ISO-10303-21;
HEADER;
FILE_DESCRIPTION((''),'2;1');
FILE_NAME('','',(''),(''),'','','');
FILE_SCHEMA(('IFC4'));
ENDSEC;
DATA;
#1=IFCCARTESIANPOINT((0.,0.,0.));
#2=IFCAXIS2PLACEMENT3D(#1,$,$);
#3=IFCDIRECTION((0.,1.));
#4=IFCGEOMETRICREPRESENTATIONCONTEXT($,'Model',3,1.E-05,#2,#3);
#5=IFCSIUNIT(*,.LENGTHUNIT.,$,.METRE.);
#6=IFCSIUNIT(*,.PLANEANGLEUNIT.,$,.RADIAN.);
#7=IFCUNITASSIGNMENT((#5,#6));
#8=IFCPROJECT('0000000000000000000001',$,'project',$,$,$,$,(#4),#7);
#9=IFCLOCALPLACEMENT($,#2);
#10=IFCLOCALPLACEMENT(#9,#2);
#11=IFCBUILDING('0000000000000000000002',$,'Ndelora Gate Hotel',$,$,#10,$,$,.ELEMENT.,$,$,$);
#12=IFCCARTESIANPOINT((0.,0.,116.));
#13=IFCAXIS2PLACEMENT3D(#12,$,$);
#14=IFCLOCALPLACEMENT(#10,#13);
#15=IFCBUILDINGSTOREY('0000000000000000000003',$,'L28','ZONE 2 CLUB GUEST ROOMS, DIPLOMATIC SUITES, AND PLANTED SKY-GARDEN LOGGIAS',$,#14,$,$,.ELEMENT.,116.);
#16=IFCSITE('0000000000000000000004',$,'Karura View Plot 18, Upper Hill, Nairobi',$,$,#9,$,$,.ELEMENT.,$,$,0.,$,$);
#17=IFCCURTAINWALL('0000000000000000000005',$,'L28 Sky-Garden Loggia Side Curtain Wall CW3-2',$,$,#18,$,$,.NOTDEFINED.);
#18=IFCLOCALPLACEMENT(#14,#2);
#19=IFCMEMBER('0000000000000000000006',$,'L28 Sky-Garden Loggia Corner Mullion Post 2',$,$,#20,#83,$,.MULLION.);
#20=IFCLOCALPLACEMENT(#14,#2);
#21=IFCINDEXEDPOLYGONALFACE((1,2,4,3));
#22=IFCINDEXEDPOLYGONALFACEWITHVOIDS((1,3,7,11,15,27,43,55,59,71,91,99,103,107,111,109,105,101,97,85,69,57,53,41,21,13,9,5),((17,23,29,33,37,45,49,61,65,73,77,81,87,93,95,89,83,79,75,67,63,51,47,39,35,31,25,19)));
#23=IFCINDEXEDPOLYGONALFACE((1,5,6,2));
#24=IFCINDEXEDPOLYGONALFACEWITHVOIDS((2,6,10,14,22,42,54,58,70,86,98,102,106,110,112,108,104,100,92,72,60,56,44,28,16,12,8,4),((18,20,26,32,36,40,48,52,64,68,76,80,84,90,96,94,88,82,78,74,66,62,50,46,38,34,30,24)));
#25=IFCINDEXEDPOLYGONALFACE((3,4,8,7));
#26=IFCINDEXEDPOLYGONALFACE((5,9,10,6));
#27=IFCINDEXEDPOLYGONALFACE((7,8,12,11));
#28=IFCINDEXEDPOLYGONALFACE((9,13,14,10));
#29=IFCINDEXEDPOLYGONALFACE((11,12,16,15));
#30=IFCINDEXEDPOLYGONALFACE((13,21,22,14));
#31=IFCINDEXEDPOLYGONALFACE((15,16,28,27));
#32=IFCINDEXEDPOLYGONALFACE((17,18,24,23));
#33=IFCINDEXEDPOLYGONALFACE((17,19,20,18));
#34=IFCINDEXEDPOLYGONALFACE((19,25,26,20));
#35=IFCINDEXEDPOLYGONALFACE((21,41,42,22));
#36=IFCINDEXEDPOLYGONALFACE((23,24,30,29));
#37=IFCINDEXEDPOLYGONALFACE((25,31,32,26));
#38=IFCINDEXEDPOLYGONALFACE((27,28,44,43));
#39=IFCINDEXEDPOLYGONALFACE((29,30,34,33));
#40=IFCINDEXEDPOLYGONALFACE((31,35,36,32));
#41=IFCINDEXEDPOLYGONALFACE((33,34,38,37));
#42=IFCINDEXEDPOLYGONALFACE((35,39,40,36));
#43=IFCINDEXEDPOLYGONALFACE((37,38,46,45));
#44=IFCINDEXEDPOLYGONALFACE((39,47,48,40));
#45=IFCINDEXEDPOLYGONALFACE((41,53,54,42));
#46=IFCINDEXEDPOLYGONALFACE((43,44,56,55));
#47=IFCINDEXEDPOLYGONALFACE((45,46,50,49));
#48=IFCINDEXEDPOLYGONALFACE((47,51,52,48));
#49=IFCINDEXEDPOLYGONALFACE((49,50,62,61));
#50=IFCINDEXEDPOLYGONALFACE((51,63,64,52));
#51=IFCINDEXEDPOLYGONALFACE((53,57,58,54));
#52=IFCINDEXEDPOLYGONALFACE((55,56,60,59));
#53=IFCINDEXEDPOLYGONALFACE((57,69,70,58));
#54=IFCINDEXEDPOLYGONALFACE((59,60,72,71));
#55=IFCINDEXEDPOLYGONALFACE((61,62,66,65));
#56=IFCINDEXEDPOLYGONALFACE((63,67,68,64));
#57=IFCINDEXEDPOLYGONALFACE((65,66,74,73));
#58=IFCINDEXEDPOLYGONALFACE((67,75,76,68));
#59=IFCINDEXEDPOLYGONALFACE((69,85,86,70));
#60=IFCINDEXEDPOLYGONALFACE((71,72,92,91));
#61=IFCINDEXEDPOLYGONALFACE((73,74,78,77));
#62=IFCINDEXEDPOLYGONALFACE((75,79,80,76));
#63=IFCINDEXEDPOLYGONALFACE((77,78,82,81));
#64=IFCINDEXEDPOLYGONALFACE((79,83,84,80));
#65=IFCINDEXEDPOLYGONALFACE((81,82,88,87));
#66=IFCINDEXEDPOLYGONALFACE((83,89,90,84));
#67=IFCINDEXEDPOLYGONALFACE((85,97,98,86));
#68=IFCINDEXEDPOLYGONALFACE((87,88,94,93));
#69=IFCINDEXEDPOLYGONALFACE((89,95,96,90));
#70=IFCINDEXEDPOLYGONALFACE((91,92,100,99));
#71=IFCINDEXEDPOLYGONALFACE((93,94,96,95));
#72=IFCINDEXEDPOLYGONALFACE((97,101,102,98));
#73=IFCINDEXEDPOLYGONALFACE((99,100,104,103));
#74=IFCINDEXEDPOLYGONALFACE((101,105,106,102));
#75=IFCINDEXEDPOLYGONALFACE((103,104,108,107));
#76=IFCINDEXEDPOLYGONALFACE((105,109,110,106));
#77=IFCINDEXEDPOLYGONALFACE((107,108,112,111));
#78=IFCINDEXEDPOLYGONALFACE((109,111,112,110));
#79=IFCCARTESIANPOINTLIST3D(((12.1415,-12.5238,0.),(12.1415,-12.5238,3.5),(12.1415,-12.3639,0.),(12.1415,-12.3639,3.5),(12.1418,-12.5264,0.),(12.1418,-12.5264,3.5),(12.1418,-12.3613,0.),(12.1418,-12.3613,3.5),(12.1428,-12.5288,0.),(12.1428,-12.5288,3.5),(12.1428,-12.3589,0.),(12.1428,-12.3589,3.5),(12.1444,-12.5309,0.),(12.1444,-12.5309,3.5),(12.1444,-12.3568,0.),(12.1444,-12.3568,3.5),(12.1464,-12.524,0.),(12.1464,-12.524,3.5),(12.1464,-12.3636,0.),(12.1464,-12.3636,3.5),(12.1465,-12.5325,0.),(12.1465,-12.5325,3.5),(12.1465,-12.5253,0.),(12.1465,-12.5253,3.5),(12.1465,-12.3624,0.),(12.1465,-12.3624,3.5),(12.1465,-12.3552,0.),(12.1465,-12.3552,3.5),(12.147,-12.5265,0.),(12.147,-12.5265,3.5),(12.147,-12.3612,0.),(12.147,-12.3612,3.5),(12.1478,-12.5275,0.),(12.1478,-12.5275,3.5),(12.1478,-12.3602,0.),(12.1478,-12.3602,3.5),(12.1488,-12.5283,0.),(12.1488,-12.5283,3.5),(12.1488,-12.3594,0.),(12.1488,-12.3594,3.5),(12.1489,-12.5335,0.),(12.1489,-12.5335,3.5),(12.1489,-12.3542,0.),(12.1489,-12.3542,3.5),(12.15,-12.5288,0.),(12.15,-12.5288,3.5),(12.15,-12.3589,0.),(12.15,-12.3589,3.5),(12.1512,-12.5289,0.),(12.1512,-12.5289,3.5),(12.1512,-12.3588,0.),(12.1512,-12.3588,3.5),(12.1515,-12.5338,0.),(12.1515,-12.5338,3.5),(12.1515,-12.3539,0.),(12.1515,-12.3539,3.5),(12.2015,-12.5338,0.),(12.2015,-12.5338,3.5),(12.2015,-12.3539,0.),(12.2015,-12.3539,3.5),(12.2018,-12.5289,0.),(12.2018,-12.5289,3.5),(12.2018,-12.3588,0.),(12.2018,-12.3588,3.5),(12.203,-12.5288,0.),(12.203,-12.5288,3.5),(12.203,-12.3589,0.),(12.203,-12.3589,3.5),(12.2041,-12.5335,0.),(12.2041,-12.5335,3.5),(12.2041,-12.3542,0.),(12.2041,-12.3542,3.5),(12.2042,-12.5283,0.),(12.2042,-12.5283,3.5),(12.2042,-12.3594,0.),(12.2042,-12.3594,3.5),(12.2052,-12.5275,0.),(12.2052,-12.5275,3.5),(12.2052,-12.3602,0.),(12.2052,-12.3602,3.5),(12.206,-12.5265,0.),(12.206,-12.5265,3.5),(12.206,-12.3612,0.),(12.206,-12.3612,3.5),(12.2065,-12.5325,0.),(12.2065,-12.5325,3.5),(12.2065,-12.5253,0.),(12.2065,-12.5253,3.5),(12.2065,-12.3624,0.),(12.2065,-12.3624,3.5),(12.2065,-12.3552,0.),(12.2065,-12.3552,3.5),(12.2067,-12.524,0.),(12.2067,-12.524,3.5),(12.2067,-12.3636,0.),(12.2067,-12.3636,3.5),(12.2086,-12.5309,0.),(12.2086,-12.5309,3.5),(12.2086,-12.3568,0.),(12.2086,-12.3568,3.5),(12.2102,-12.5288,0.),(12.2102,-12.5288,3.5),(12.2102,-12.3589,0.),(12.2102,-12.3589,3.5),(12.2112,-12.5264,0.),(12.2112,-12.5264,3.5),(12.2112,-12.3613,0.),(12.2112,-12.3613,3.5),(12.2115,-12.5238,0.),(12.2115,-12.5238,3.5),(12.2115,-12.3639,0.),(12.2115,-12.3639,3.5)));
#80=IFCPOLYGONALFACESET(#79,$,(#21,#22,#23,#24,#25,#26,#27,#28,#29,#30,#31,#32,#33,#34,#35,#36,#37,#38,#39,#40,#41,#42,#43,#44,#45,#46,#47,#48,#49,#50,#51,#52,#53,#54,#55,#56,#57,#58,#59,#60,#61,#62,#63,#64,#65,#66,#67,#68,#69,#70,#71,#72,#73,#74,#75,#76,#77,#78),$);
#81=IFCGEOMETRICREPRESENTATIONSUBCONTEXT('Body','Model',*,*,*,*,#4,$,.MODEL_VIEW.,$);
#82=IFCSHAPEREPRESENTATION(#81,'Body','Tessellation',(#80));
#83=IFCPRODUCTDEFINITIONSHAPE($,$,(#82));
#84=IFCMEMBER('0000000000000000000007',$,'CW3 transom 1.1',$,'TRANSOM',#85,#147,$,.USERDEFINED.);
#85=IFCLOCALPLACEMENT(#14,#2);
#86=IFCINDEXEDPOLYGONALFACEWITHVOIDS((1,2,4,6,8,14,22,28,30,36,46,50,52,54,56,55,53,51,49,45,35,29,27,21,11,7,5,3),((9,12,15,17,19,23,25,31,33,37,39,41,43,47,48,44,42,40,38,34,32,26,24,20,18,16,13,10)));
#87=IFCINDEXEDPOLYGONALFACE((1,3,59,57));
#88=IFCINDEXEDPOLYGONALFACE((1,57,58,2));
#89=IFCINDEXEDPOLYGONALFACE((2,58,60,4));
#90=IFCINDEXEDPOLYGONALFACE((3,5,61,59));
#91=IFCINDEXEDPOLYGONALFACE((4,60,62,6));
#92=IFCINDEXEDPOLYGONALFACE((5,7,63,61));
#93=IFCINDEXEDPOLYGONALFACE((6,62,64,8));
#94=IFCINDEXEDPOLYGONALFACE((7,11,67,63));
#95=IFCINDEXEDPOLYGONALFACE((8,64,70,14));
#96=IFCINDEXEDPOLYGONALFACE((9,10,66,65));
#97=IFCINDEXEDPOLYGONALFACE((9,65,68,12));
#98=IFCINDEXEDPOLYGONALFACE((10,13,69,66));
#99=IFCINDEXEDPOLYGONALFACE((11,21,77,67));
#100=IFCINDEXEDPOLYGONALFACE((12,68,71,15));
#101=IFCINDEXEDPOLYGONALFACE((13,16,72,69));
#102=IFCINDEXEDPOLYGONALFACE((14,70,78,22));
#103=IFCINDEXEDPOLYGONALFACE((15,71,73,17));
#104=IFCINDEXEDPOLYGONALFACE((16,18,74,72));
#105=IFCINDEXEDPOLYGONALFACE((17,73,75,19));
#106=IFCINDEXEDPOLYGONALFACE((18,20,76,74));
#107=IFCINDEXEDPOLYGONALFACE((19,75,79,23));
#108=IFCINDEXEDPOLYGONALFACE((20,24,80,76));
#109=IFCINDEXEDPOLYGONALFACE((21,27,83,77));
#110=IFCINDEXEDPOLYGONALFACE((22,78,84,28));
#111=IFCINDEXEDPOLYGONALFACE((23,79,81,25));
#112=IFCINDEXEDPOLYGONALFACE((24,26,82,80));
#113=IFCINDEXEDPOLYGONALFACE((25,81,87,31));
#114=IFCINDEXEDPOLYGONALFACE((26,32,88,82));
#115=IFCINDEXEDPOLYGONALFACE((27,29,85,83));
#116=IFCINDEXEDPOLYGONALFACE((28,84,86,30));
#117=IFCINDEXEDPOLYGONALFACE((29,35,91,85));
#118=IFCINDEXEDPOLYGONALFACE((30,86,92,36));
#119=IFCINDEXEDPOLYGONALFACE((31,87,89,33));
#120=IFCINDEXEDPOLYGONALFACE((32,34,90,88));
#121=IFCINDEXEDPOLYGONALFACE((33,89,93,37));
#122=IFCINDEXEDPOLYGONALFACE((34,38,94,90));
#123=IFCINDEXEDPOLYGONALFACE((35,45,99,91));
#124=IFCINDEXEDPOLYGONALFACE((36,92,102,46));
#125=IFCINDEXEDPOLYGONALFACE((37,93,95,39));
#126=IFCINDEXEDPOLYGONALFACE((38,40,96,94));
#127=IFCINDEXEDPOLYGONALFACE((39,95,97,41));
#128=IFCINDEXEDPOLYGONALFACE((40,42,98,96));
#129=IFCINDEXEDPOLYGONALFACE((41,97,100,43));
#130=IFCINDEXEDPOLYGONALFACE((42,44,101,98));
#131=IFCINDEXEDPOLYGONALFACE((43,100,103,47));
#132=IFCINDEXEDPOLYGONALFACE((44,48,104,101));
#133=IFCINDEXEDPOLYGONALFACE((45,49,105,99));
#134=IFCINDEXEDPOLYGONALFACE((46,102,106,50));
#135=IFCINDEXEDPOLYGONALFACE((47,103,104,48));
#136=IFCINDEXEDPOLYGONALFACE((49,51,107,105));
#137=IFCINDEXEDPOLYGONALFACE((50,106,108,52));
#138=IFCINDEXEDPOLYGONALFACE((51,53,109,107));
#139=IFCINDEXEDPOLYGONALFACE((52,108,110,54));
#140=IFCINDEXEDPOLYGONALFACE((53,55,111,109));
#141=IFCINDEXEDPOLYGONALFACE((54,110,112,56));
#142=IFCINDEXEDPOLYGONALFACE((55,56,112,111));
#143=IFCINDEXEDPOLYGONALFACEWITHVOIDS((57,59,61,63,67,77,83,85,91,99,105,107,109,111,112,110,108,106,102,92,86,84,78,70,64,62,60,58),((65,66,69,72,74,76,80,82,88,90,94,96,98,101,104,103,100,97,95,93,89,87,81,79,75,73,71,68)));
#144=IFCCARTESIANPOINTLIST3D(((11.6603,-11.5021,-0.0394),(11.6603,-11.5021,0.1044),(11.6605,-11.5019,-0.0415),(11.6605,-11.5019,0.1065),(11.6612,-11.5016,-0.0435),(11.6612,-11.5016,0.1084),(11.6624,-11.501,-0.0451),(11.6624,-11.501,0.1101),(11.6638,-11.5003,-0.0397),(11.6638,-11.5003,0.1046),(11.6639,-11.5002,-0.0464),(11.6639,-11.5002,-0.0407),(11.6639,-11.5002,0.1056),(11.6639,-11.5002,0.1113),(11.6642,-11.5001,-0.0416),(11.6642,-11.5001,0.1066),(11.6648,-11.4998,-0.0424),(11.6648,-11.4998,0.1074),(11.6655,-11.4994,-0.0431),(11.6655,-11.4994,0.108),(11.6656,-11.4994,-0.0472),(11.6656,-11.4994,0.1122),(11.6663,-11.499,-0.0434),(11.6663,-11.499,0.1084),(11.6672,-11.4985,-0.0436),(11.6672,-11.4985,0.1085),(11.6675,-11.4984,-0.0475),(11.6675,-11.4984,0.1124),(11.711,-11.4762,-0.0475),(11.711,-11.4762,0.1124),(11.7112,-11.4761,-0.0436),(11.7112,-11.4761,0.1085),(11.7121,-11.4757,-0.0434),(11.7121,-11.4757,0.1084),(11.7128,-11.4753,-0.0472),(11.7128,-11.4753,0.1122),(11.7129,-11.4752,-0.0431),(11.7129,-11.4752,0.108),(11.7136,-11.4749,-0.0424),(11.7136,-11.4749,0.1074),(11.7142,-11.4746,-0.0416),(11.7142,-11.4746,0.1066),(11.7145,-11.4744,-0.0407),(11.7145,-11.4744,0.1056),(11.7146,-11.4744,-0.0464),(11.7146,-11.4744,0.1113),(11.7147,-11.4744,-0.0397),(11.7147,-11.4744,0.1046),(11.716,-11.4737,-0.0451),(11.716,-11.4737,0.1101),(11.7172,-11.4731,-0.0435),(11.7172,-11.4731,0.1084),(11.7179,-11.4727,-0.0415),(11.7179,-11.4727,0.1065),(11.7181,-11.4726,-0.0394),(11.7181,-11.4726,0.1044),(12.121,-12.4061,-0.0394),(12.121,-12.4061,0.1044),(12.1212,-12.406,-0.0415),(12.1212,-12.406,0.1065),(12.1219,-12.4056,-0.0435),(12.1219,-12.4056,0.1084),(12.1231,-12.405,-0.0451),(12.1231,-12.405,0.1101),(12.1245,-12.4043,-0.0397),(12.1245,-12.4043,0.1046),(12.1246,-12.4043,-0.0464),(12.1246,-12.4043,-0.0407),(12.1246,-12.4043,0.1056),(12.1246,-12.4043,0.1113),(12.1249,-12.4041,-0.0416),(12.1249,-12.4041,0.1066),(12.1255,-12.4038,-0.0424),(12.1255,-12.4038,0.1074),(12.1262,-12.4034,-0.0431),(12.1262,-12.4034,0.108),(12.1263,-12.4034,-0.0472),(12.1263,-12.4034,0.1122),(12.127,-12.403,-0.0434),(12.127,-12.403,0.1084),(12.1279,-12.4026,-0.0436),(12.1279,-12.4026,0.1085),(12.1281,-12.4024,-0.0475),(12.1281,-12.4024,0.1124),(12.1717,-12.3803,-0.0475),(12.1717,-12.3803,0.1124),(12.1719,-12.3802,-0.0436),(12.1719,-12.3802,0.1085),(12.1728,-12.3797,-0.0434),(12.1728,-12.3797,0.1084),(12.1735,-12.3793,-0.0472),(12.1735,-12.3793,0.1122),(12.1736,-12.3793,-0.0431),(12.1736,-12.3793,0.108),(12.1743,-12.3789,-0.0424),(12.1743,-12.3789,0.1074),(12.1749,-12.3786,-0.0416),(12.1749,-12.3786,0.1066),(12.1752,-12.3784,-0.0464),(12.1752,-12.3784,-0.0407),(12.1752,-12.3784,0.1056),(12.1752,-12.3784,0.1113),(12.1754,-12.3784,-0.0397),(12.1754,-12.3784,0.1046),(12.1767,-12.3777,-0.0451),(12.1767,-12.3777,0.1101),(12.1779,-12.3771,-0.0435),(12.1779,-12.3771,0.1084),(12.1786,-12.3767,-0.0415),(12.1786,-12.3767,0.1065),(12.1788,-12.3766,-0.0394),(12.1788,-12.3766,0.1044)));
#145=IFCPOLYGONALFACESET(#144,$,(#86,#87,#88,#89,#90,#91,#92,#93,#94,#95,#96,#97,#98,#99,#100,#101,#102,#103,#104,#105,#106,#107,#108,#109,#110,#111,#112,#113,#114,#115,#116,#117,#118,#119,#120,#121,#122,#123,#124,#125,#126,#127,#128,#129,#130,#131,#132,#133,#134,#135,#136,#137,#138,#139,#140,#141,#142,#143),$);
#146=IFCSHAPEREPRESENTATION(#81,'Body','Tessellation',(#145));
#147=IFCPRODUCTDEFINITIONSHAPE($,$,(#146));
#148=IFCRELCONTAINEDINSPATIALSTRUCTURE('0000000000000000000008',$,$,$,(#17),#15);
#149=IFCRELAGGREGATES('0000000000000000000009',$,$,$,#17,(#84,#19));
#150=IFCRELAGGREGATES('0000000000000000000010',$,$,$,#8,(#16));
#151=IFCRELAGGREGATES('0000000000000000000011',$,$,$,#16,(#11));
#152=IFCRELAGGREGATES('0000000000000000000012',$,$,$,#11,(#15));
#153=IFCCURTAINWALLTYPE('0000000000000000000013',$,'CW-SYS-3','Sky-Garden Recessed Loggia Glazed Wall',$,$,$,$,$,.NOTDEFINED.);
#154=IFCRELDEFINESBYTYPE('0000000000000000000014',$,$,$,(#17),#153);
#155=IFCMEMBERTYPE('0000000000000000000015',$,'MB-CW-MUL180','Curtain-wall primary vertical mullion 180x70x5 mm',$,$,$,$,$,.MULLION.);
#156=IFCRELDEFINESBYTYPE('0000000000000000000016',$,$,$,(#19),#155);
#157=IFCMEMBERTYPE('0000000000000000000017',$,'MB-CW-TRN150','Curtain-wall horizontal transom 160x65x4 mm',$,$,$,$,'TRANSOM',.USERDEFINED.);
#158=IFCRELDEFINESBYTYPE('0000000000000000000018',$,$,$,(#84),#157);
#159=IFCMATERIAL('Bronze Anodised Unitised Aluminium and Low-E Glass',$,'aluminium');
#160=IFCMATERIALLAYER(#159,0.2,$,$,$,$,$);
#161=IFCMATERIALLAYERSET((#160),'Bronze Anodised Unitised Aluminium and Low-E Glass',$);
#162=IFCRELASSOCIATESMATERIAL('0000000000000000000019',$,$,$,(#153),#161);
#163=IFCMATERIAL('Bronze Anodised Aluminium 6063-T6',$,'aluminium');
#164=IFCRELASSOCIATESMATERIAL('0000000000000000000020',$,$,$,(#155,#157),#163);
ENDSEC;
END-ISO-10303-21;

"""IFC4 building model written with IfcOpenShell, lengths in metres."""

from ifc_helpers import new_model, si_unit, direction, frame, origin, origin_2d, place, context, subcontext, project, spatial, hollow_rectangle, extrude, material, layer, layer_set, material_profile, profile_set, type_object, element, aggregate, save


model = new_model("IFC4")

# Units and contexts
model_context = context("Model", 3, precision=1e-05, world=origin(), true_north=direction((0.0, 1.0)))
body_context = subcontext(model_context, "Body", "Model", "MODEL_VIEW")
ifc_project = project(units=[si_unit("LENGTHUNIT", "METRE"), si_unit("PLANEANGLEUNIT", "RADIAN")], contexts=[model_context])

# Site, building, storey
site_placement = place(None, origin())
site = spatial("IfcSite", under=ifc_project, at=site_placement, Name="Karura View Plot 18, Upper Hill, Nairobi", CompositionType="ELEMENT", RefElevation=0.0)
building_placement = place(site_placement, origin())
building = spatial("IfcBuilding", under=site, at=building_placement, Name="Ndelora Gate Hotel", CompositionType="ELEMENT")
storey_placement = place(building_placement, frame((0.0, 0.0, 116.0)))
storey = spatial("IfcBuildingStorey", under=building, at=storey_placement, Name="L28", Description="ZONE 2 CLUB GUEST ROOMS, DIPLOMATIC SUITES, AND PLANTED SKY-GARDEN LOGGIAS", CompositionType="ELEMENT", Elevation=116.0)

# Curtain wall, members
ifc_material_1 = material(Name="Bronze Anodised Unitised Aluminium and Low-E Glass", Category="aluminium")
ifc_layer_1 = layer(ifc_material_1, 0.2)
ifc_layer_set_1 = layer_set([ifc_layer_1], Name="Bronze Anodised Unitised Aluminium and Low-E Glass")
curtain_wall_type = type_object("IfcCurtainWallType", Name="CW-SYS-3", Description="Sky-Garden Recessed Loggia Glazed Wall", PredefinedType="NOTDEFINED", material=ifc_layer_set_1)
curtain_wall_placement = place(storey_placement, origin())
curtain_wall = element("IfcCurtainWall", 1, at=curtain_wall_placement, inside=storey, type_object=curtain_wall_type, Name="L28 Sky-Garden Loggia Side Curtain Wall CW3-2", PredefinedType="NOTDEFINED")
ifc_material_2 = material(Name="Bronze Anodised Aluminium 6063-T6", Category="aluminium")
ifc_material_profile_1 = material_profile(ifc_material_2, hollow_rectangle(XDim=0.0701, YDim=0.1799, WallThickness=0.0049, InnerFilletRadius=0.0049, OuterFilletRadius=0.01, at=origin_2d()), Name="ALU 180x70x5")
ifc_profile_set_1 = profile_set([ifc_material_profile_1], Name="Bronze Anodised Aluminium 6063-T6")
member_type_1 = type_object("IfcMemberType", Name="MB-CW-MUL180", Description="Curtain-wall primary vertical mullion 180x70x5 mm", PredefinedType="MULLION", material=ifc_profile_set_1)
member_1_placement = place(storey_placement, frame((12.1765, -12.4438, 0.0), z_axis=(0.0, 0.0, 1.0), x_axis=(1.0, 0.0, 0.0)))
member_1 = element("IfcMember", 2, at=member_1_placement, type_object=member_type_1, Name="L28 Sky-Garden Loggia Corner Mullion Post 2", PredefinedType="MULLION", context=body_context, shape_type="SweptSolid", body=[
    extrude(hollow_rectangle(XDim=0.0701, YDim=0.1799, WallThickness=0.0049, InnerFilletRadius=0.0049, OuterFilletRadius=0.01, at=origin_2d()), origin(), (0.0, 0.0, 1.0), 3.5),
])
ifc_material_profile_2 = material_profile(ifc_material_2, hollow_rectangle(XDim=0.0649, YDim=0.1599, WallThickness=0.0039, InnerFilletRadius=0.0039, OuterFilletRadius=0.0081, at=origin_2d()), Name="ALU 160x65x4")
ifc_profile_set_2 = profile_set([ifc_material_profile_2], Name="Bronze Anodised Aluminium 6063-T6")
member_type_2 = type_object("IfcMemberType", Name="MB-CW-TRN150", Description="Curtain-wall horizontal transom 160x65x4 mm", ElementType="TRANSOM", PredefinedType="USERDEFINED", material=ifc_profile_set_2)
member_2_placement = place(storey_placement, frame((12.1499, -12.3914, 0.0325), z_axis=(-0.454034, 0.890984, 0.0), x_axis=(-0.890984, -0.454034, 0.0)))
member_2 = element("IfcMember", 3, at=member_2_placement, type_object=member_type_2, Name="CW3 transom 1.1", ObjectType="TRANSOM", PredefinedType="USERDEFINED", context=body_context, shape_type="SweptSolid", body=[
    extrude(hollow_rectangle(XDim=0.0649, YDim=0.1599, WallThickness=0.0039, InnerFilletRadius=0.0039, OuterFilletRadius=0.0081, at=origin_2d()), origin(), (0.0, 0.0, 1.0), 1.0146),
])
aggregate(curtain_wall, [member_2, member_1])

save(model, "model.ifc")
